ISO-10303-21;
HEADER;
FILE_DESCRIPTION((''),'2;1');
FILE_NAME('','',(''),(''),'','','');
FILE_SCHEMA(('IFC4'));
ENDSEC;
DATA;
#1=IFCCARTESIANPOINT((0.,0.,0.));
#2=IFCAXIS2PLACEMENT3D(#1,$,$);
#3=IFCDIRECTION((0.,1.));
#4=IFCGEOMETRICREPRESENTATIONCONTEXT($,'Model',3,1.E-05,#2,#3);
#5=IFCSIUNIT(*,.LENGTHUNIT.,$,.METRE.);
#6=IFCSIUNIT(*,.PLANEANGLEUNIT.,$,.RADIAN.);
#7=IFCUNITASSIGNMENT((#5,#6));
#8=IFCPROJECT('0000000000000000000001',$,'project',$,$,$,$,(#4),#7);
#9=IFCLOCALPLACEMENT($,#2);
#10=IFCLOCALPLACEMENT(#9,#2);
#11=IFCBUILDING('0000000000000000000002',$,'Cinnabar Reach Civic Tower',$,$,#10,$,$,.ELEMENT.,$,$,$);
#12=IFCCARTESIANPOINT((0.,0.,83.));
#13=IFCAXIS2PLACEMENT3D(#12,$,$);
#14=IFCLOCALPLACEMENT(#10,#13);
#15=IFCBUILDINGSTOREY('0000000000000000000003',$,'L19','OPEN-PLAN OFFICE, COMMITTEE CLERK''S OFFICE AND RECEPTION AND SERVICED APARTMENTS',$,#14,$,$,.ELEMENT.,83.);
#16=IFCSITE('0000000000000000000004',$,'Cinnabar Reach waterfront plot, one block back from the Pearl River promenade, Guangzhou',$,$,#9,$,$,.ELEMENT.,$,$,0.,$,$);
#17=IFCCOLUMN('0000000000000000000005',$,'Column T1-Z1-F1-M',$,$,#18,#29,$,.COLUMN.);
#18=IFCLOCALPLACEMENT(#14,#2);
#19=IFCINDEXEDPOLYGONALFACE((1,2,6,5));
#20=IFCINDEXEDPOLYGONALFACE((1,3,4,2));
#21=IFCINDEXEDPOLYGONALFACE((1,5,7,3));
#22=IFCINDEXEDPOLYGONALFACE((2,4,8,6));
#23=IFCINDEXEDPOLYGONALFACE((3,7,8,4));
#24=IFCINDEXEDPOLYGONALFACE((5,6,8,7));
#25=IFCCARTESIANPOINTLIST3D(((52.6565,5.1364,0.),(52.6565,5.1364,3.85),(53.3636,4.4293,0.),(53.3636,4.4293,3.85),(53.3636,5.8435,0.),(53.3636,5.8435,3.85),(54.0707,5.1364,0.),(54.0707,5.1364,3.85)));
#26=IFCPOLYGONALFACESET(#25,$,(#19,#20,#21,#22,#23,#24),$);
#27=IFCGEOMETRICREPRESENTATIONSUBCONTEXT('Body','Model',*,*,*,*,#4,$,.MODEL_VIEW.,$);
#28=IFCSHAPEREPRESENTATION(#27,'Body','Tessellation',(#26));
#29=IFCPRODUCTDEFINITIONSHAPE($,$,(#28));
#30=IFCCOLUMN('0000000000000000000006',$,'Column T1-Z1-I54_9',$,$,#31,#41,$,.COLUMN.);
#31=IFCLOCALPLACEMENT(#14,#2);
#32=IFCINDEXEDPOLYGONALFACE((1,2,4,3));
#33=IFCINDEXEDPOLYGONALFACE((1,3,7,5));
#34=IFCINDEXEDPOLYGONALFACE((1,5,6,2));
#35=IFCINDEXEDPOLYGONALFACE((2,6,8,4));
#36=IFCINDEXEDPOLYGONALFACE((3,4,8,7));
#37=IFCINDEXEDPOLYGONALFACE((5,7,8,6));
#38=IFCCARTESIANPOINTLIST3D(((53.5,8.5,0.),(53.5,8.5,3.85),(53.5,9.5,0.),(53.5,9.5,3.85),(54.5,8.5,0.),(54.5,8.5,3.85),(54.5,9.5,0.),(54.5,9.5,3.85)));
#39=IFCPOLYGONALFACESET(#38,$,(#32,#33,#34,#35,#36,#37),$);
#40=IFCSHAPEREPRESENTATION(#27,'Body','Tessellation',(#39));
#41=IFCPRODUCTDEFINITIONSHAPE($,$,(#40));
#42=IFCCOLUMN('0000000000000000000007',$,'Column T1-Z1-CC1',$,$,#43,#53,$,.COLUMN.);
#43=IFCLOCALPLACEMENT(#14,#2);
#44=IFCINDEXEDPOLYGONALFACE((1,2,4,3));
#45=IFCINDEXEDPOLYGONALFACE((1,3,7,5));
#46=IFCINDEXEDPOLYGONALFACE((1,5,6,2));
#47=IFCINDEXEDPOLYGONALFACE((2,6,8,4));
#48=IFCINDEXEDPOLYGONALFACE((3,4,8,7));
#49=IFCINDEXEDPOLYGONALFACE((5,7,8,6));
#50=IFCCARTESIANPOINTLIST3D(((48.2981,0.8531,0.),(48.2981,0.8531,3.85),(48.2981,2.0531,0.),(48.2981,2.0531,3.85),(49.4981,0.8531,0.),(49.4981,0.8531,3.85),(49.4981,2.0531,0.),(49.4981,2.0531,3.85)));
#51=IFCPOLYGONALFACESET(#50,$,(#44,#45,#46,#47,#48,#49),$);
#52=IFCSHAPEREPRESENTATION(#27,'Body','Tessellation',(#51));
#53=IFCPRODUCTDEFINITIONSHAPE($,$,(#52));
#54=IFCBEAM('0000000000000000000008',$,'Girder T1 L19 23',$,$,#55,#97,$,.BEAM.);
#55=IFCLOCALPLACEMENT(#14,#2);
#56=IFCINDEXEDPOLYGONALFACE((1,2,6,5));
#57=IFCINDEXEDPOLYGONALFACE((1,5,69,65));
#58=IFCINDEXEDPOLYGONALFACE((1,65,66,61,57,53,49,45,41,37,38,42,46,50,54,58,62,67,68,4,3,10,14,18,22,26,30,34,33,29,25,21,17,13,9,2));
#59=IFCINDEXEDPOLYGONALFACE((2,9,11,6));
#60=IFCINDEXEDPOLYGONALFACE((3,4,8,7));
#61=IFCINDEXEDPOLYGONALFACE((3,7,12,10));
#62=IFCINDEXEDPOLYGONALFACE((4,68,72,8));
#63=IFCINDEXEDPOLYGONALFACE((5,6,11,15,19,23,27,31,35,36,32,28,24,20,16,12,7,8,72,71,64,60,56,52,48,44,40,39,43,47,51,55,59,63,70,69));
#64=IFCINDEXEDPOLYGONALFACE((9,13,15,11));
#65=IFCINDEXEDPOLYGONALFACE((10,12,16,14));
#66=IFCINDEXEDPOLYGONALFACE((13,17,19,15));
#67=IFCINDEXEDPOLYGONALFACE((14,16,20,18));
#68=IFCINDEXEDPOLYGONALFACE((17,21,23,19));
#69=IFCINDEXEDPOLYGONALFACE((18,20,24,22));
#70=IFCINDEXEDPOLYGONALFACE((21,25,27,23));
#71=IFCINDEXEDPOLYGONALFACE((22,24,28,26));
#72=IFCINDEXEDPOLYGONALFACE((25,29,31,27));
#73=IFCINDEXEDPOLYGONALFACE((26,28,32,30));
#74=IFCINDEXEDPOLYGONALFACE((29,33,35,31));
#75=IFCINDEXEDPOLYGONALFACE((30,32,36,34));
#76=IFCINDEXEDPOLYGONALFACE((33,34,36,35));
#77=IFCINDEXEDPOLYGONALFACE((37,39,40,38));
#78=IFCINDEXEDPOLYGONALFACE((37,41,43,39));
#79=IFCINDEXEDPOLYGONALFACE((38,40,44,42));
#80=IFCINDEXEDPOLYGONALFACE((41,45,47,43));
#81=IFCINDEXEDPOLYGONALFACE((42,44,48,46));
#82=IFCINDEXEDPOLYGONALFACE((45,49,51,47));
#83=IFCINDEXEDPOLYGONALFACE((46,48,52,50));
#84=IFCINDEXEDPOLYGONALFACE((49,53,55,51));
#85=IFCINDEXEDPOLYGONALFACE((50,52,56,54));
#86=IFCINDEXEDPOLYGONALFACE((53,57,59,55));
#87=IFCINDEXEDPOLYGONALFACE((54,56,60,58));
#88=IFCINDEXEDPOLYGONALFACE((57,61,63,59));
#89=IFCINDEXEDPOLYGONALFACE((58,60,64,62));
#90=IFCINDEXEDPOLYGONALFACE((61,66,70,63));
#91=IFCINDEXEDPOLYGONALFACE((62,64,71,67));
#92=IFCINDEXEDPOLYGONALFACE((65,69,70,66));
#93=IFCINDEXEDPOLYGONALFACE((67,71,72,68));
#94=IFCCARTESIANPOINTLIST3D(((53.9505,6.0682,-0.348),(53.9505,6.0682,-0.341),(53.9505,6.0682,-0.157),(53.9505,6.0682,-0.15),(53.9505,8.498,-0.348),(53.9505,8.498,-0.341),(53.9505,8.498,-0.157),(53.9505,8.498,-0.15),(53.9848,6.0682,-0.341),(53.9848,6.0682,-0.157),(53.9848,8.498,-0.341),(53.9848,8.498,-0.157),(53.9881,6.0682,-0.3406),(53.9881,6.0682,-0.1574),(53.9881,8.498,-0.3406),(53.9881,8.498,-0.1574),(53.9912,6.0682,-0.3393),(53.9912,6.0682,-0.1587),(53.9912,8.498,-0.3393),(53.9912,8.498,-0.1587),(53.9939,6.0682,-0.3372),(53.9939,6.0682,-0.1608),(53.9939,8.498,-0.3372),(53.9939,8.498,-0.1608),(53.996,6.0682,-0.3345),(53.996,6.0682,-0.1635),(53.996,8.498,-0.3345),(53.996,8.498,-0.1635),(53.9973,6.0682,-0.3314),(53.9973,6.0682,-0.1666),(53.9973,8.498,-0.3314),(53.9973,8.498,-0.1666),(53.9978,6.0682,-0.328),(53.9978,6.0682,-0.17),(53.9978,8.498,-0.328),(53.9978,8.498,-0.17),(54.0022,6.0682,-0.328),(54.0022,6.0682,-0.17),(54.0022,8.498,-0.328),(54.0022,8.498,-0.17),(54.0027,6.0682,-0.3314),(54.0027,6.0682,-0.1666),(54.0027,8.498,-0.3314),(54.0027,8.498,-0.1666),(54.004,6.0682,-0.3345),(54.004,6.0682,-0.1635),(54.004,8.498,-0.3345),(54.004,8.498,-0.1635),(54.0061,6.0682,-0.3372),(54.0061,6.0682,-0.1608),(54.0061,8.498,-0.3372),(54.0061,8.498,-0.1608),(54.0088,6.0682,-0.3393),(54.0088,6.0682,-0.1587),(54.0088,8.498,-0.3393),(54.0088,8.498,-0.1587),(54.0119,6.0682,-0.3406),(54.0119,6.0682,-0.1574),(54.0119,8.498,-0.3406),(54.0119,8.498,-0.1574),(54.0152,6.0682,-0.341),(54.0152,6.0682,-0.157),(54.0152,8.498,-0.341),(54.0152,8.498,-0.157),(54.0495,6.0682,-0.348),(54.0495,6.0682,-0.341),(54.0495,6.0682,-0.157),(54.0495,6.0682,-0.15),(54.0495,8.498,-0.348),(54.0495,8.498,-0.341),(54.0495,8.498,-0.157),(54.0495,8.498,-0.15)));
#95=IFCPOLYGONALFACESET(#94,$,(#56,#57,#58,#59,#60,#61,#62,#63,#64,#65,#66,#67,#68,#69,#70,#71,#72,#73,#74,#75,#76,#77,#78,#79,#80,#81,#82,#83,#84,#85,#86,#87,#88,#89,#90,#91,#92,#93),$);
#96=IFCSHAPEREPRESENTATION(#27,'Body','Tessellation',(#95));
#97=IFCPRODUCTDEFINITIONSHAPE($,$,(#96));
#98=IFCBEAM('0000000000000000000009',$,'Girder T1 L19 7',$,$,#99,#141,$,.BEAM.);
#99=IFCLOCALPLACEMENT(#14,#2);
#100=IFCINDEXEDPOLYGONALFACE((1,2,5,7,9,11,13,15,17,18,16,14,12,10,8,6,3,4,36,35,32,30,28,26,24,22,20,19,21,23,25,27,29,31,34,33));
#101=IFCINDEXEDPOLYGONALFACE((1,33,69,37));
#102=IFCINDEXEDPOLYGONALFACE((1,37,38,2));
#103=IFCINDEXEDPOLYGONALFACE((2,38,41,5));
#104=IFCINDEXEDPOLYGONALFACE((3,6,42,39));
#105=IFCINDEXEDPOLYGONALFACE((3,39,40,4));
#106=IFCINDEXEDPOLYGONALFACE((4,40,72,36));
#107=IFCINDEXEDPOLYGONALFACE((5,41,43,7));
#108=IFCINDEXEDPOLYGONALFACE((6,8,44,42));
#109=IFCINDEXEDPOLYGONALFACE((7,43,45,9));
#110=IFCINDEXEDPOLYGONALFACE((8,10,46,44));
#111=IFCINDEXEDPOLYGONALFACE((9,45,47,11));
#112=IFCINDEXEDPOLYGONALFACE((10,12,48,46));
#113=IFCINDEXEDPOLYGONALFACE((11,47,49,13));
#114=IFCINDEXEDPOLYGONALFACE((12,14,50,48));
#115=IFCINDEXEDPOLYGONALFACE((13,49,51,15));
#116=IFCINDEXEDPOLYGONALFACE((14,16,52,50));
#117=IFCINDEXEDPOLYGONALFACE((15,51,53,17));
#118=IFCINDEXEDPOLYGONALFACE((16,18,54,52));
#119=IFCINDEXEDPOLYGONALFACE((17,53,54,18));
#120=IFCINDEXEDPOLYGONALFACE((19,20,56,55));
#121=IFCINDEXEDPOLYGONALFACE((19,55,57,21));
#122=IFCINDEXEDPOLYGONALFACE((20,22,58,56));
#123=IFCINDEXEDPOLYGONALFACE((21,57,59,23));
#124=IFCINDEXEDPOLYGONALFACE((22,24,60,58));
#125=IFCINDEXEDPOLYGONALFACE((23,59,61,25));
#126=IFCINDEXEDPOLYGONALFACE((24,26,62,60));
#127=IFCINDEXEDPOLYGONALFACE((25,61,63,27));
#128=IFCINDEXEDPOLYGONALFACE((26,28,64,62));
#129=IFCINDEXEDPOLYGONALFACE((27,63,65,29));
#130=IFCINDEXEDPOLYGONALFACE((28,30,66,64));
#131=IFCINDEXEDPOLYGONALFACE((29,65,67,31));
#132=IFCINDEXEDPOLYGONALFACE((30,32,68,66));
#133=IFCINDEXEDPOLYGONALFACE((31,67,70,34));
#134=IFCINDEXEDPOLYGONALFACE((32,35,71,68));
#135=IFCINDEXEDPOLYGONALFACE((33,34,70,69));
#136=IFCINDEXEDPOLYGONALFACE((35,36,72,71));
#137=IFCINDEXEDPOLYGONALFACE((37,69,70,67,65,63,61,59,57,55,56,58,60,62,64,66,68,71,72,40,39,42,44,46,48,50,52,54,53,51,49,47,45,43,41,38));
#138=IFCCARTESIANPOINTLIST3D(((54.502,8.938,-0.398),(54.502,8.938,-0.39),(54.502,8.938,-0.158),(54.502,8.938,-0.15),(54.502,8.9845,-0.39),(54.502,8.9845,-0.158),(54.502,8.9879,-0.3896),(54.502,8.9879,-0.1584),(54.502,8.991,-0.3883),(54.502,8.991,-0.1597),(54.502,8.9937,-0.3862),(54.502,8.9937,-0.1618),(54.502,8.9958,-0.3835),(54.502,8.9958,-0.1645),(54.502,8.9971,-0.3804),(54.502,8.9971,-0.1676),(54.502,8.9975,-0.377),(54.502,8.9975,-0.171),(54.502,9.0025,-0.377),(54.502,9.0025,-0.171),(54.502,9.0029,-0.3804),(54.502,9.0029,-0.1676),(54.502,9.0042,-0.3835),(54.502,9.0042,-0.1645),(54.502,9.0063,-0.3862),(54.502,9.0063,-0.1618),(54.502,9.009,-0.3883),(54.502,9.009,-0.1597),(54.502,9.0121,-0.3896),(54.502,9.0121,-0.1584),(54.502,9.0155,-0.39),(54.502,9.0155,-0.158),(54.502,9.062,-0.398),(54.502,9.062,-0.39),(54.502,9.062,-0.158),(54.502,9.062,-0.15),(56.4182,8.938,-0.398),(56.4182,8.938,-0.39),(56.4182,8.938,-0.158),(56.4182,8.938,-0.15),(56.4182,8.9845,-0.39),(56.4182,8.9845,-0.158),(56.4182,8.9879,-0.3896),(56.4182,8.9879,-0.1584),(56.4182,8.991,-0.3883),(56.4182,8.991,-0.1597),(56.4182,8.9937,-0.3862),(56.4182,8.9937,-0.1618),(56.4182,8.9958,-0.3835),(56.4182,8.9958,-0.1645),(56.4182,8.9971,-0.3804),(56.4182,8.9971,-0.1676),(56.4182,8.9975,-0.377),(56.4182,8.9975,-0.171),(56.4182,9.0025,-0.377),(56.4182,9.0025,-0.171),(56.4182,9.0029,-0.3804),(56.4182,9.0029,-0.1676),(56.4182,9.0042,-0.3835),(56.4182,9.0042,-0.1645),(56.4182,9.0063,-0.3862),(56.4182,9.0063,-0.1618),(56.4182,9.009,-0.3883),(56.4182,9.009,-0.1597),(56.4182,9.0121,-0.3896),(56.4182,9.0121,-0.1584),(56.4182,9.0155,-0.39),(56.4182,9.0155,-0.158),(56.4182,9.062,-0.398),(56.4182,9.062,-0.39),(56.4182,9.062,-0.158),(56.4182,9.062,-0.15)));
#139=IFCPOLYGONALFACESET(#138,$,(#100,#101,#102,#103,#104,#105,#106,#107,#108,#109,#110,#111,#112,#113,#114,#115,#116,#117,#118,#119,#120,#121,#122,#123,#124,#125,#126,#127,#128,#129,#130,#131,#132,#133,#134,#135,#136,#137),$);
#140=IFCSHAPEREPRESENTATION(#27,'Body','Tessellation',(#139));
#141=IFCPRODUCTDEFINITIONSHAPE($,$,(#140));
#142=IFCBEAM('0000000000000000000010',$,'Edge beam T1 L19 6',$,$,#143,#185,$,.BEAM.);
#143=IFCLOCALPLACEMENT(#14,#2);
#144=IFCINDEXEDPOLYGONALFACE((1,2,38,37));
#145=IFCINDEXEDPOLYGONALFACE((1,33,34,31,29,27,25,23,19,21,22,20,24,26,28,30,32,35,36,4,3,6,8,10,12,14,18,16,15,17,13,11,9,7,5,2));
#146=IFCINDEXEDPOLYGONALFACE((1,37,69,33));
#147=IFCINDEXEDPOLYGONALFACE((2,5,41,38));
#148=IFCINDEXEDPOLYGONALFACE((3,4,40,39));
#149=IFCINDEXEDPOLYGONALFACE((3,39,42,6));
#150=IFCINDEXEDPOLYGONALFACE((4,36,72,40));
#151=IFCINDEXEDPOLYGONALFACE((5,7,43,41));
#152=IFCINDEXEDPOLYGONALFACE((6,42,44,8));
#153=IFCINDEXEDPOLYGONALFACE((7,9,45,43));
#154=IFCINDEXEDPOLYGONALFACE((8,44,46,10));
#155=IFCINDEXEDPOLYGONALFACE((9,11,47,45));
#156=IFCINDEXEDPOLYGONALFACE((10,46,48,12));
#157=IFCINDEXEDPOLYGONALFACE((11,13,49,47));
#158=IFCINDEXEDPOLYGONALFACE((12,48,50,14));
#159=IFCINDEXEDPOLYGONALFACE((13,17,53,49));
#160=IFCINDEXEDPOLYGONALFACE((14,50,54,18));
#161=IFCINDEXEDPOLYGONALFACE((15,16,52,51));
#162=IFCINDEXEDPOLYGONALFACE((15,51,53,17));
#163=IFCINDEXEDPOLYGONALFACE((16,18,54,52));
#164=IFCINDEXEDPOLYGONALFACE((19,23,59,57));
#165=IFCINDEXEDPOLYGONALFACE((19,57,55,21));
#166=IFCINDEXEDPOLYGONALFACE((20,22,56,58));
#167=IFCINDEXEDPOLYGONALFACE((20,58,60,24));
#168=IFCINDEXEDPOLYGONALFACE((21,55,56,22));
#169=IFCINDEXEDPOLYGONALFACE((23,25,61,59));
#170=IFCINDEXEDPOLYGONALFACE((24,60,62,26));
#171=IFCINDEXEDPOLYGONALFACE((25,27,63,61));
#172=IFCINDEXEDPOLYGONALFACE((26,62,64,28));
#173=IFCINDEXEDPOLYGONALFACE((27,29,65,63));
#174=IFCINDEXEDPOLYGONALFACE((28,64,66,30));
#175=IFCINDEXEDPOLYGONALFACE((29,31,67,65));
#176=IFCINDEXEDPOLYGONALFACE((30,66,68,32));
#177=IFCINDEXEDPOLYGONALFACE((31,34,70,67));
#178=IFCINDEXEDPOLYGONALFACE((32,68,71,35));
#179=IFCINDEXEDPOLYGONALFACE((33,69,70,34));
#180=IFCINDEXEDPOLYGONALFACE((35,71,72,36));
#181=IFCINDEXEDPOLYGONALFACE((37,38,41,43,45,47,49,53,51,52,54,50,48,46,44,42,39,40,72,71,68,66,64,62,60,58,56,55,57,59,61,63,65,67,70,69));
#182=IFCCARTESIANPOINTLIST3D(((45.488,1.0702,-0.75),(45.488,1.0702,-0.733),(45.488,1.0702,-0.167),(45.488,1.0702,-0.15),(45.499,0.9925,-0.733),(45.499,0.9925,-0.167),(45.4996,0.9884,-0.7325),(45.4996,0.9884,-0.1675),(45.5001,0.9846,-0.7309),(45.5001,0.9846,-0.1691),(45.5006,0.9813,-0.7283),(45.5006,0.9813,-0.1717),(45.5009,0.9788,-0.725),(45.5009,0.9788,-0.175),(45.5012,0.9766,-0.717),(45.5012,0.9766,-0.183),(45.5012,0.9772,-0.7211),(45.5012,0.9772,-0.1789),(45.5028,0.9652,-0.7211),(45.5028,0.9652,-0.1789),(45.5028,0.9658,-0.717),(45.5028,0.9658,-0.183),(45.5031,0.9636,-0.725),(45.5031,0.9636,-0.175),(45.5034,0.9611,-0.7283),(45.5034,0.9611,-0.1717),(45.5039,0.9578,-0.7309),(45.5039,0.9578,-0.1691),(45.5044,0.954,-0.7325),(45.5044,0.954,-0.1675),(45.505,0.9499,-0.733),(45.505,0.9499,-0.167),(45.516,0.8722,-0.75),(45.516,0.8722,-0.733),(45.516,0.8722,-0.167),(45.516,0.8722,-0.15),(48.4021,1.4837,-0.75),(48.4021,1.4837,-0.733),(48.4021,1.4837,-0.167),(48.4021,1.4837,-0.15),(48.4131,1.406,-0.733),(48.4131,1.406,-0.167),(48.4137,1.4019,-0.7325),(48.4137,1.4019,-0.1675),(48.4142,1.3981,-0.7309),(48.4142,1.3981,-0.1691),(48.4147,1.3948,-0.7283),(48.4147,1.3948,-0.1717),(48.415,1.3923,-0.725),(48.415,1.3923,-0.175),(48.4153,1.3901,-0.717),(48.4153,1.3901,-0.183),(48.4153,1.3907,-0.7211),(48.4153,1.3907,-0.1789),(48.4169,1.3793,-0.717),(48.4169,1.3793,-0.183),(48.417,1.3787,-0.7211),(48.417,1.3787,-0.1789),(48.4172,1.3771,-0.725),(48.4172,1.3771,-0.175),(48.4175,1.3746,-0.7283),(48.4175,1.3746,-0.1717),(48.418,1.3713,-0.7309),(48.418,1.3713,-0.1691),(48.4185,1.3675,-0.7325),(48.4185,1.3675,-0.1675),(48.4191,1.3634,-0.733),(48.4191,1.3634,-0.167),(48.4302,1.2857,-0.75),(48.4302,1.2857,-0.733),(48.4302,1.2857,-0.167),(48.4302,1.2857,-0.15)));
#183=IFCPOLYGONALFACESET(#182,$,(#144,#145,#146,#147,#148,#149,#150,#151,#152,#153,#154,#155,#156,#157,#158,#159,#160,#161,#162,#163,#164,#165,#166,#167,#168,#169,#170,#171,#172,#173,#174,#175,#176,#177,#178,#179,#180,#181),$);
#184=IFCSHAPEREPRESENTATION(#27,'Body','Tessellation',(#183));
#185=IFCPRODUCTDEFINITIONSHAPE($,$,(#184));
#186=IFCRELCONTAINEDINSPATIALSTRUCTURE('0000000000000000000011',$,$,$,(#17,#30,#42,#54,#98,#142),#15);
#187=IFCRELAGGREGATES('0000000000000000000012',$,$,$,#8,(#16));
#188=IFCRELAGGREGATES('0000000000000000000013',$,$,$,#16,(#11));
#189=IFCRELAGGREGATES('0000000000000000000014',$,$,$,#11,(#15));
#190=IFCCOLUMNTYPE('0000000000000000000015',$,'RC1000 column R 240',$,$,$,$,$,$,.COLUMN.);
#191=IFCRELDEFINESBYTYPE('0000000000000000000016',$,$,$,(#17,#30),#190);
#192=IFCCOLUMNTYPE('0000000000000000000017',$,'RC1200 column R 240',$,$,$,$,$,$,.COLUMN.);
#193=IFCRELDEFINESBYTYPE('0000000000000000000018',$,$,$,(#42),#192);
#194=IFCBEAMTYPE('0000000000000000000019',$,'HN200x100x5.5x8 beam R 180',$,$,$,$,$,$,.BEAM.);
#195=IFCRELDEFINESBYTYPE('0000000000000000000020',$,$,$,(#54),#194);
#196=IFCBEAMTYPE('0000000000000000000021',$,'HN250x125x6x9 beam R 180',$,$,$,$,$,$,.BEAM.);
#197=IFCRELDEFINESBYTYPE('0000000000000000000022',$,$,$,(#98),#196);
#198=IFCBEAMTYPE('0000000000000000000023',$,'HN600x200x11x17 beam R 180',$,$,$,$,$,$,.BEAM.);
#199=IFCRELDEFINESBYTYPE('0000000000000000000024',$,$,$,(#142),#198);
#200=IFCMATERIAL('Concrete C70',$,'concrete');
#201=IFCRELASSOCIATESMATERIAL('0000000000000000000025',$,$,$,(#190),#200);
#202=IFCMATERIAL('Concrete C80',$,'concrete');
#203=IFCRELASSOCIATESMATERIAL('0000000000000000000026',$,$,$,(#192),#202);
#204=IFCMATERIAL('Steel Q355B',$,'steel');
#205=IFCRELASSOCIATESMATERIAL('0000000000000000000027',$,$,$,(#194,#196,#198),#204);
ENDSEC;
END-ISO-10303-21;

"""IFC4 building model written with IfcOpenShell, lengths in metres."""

from ifc_helpers import new_model, si_unit, direction, frame, origin, origin_2d, place, context, subcontext, project, spatial, rectangle, i_section, extrude, material, material_profile, profile_set, type_object, element, save


model = new_model("IFC4")

# Units and contexts
model_context = context("Model", 3, precision=1e-05, world=origin(), true_north=direction((0.0, 1.0)))
body_context = subcontext(model_context, "Body", "Model", "MODEL_VIEW")
ifc_project = project(units=[si_unit("LENGTHUNIT", "METRE"), si_unit("PLANEANGLEUNIT", "RADIAN")], contexts=[model_context])

# Site, building, storey
site_placement = place(None, origin())
site = spatial("IfcSite", under=ifc_project, at=site_placement, Name="Cinnabar Reach waterfront plot, one block back from the Pearl River promenade, Guangzhou", CompositionType="ELEMENT", RefElevation=0.0)
building_placement = place(site_placement, origin())
building = spatial("IfcBuilding", under=site, at=building_placement, Name="Cinnabar Reach Civic Tower", CompositionType="ELEMENT")
storey_placement = place(building_placement, frame((0.0, 0.0, 83.0)))
storey = spatial("IfcBuildingStorey", under=building, at=storey_placement, Name="L19", Description="OPEN-PLAN OFFICE, COMMITTEE CLERK'S OFFICE AND RECEPTION AND SERVICED APARTMENTS", CompositionType="ELEMENT", Elevation=83.0)

# Columns
ifc_material_1 = material(Name="Concrete C70", Category="concrete")
ifc_material_profile_1 = material_profile(ifc_material_1, rectangle(XDim=1.0, YDim=1.0, at=origin_2d()), Name="RC1000")
ifc_profile_set_1 = profile_set([ifc_material_profile_1], Name="Concrete C70")
column_type_1 = type_object("IfcColumnType", Name="RC1000 column R 240", PredefinedType="COLUMN", material=ifc_profile_set_1)
for number, where, z_axis, x_axis, name in (
    (1, (53.3636, 5.1364, 0.0), (0.0, 0.0, 1.0), (0.707107, 0.707107, 0.0), "Column T1-Z1-F1-M"),
    (2, (54.0, 9.0, 0.0), (0.0, 0.0, 1.0), (1.0, 0.0, 0.0), "Column T1-Z1-I54_9"),
):
    element("IfcColumn", number, at=place(storey_placement, frame(where, z_axis=z_axis, x_axis=x_axis)), inside=storey, type_object=column_type_1, Name=name, PredefinedType="COLUMN", context=body_context, shape_type="SweptSolid", body=[
        extrude(rectangle(XDim=1.0, YDim=1.0, at=origin_2d()), origin(), (0.0, 0.0, 1.0), 3.85),
    ])
ifc_material_2 = material(Name="Concrete C80", Category="concrete")
ifc_material_profile_2 = material_profile(ifc_material_2, rectangle(XDim=1.2, YDim=1.2, at=origin_2d()), Name="RC1200")
ifc_profile_set_2 = profile_set([ifc_material_profile_2], Name="Concrete C80")
column_type_2 = type_object("IfcColumnType", Name="RC1200 column R 240", PredefinedType="COLUMN", material=ifc_profile_set_2)
column_placement = place(storey_placement, frame((48.8981, 1.4531, 0.0), z_axis=(0.0, 0.0, 1.0), x_axis=(1.0, 0.0, 0.0)))
element("IfcColumn", 3, at=column_placement, inside=storey, type_object=column_type_2, Name="Column T1-Z1-CC1", PredefinedType="COLUMN", context=body_context, shape_type="SweptSolid", body=[
    extrude(rectangle(XDim=1.2, YDim=1.2, at=origin_2d()), origin(), (0.0, 0.0, 1.0), 3.85),
])

# Beams
ifc_material_3 = material(Name="Steel Q355B", Category="steel")
ifc_material_profile_3 = material_profile(ifc_material_3, i_section(OverallWidth=0.099, OverallDepth=0.198, WebThickness=0.0045, FlangeThickness=0.007, FilletRadius=0.013, at=origin_2d()), Name="HN200x100x5.5x8")
ifc_profile_set_3 = profile_set([ifc_material_profile_3], Name="Steel Q355B")
beam_type_1 = type_object("IfcBeamType", Name="HN200x100x5.5x8 beam R 180", PredefinedType="BEAM", material=ifc_profile_set_3)
beam_1_placement = place(storey_placement, frame((54.0, 6.0682, -0.249), z_axis=(0.0, 1.0, 0.0), x_axis=(-1.0, 0.0, 0.0)))
element("IfcBeam", 4, at=beam_1_placement, inside=storey, type_object=beam_type_1, Name="Girder T1 L19 23", PredefinedType="BEAM", context=body_context, shape_type="SweptSolid", body=[
    extrude(i_section(OverallWidth=0.099, OverallDepth=0.198, WebThickness=0.0045, FlangeThickness=0.007, FilletRadius=0.013, at=origin_2d()), origin(), (0.0, 0.0, 1.0), 2.4298),
])
ifc_material_profile_4 = material_profile(ifc_material_3, i_section(OverallWidth=0.124, OverallDepth=0.248, WebThickness=0.005, FlangeThickness=0.008, FilletRadius=0.013, at=origin_2d()), Name="HN250x125x6x9")
ifc_profile_set_4 = profile_set([ifc_material_profile_4], Name="Steel Q355B")
beam_type_2 = type_object("IfcBeamType", Name="HN250x125x6x9 beam R 180", PredefinedType="BEAM", material=ifc_profile_set_4)
beam_2_placement = place(storey_placement, frame((54.502, 9.0, -0.274), z_axis=(1.0, 0.0, 0.0), x_axis=(0.0, 1.0, 0.0)))
element("IfcBeam", 5, at=beam_2_placement, inside=storey, type_object=beam_type_2, Name="Girder T1 L19 7", PredefinedType="BEAM", context=body_context, shape_type="SweptSolid", body=[
    extrude(i_section(OverallWidth=0.124, OverallDepth=0.248, WebThickness=0.005, FlangeThickness=0.008, FilletRadius=0.013, at=origin_2d()), origin(), (0.0, 0.0, 1.0), 1.9162),
])
ifc_material_profile_5 = material_profile(ifc_material_3, i_section(OverallWidth=0.2, OverallDepth=0.6, WebThickness=0.011, FlangeThickness=0.017, FilletRadius=0.016, at=origin_2d()), Name="HN600x200x11x17")
ifc_profile_set_5 = profile_set([ifc_material_profile_5], Name="Steel Q355B")
beam_type_3 = type_object("IfcBeamType", Name="HN600x200x11x17 beam R 180", PredefinedType="BEAM", material=ifc_profile_set_5)
beam_3_placement = place(storey_placement, frame((45.502, 0.9712, -0.45), z_axis=(0.990082, 0.140489, 0.0), x_axis=(-0.140489, 0.990082, 0.0)))
element("IfcBeam", 6, at=beam_3_placement, inside=storey, type_object=beam_type_3, Name="Edge beam T1 L19 6", PredefinedType="BEAM", context=body_context, shape_type="SweptSolid", body=[
    extrude(i_section(OverallWidth=0.2, OverallDepth=0.6, WebThickness=0.011, FlangeThickness=0.017, FilletRadius=0.016, at=origin_2d()), origin(), (0.0, 0.0, 1.0), 2.9433),
])

save(model, "model.ifc")
